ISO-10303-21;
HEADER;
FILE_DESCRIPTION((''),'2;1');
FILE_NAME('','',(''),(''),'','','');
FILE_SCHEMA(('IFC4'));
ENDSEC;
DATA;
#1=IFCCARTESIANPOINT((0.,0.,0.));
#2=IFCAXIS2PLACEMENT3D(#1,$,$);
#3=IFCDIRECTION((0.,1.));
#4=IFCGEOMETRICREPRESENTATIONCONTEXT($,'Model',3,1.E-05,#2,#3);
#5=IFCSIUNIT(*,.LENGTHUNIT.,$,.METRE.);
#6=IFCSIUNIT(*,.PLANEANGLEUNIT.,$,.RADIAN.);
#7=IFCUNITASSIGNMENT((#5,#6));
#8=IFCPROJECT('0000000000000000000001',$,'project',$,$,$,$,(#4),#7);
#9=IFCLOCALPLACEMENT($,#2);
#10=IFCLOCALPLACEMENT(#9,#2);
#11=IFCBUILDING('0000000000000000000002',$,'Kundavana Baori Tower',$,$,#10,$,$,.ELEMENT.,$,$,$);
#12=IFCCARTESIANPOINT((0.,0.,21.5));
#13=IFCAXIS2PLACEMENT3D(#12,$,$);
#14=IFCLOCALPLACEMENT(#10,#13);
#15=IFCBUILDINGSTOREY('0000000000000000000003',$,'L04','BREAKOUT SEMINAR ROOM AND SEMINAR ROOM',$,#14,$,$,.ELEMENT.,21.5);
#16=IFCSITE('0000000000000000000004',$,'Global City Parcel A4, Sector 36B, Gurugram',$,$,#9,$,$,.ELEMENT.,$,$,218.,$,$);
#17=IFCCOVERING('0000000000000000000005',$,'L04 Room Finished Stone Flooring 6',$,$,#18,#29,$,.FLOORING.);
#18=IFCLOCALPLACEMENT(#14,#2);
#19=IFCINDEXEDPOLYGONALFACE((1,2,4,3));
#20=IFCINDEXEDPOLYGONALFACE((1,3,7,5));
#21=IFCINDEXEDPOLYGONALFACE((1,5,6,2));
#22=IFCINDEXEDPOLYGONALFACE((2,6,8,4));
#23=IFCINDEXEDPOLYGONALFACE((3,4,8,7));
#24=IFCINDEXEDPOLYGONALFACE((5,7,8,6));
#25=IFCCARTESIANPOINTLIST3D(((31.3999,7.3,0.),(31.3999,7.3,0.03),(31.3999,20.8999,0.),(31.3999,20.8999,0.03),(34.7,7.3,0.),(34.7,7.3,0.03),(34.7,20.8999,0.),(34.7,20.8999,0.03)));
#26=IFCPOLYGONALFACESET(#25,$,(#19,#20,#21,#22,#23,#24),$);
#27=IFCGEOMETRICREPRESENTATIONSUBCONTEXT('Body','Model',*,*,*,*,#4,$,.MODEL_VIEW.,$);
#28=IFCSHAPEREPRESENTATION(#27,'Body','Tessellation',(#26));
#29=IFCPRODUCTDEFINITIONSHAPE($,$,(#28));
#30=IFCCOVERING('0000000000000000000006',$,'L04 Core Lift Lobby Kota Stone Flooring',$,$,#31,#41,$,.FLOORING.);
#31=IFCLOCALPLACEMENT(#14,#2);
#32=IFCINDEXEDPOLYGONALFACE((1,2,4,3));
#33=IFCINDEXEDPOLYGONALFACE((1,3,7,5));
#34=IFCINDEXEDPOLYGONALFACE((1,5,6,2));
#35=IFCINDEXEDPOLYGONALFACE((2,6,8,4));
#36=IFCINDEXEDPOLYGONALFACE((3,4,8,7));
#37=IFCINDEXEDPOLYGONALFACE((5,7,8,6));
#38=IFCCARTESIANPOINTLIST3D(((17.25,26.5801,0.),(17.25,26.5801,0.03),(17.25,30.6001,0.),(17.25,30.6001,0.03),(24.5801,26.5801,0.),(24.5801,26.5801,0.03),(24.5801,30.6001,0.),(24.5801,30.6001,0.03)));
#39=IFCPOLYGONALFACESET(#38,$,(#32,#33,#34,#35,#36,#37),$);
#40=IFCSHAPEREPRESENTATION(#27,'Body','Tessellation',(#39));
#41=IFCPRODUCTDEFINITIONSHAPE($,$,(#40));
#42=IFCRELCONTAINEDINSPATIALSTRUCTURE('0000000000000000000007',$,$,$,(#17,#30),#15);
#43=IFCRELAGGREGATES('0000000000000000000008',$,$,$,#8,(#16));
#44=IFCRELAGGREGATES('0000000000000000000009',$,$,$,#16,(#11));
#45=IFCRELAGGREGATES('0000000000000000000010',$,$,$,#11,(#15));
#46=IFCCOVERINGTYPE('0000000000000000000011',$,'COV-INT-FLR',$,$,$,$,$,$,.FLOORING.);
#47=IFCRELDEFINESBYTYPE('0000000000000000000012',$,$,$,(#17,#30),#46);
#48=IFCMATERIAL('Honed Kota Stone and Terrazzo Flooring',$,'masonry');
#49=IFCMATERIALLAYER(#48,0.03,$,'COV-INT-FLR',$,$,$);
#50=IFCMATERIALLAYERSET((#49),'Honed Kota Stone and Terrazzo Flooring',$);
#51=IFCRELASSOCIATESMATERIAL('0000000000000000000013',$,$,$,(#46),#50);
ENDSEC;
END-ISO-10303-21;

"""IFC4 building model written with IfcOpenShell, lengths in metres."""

from ifc_helpers import new_model, si_unit, direction, frame, origin, place, context, subcontext, project, spatial, polyline, outline, extrude, material, layer, layer_set, type_object, element, save


model = new_model("IFC4")

# Units and contexts
model_context = context("Model", 3, precision=1e-05, world=origin(), true_north=direction((0.0, 1.0)))
body_context = subcontext(model_context, "Body", "Model", "MODEL_VIEW")
ifc_project = project(units=[si_unit("LENGTHUNIT", "METRE"), si_unit("PLANEANGLEUNIT", "RADIAN")], contexts=[model_context])

# Site, building, storey
site_placement = place(None, origin())
site = spatial("IfcSite", under=ifc_project, at=site_placement, Name="Global City Parcel A4, Sector 36B, Gurugram", CompositionType="ELEMENT", RefElevation=218.0)
building_placement = place(site_placement, origin())
building = spatial("IfcBuilding", under=site, at=building_placement, Name="Kundavana Baori Tower", CompositionType="ELEMENT")
storey_placement = place(building_placement, frame((0.0, 0.0, 21.5)))
storey = spatial("IfcBuildingStorey", under=building, at=storey_placement, Name="L04", Description="BREAKOUT SEMINAR ROOM AND SEMINAR ROOM", CompositionType="ELEMENT", Elevation=21.5)

# Coverings
ifc_material_1 = material(Name="Honed Kota Stone and Terrazzo Flooring", Category="masonry")
ifc_layer_1 = layer(ifc_material_1, 0.03, Name="COV-INT-FLR")
ifc_layer_set_1 = layer_set([ifc_layer_1], Name="Honed Kota Stone and Terrazzo Flooring")
covering_type = type_object("IfcCoveringType", Name="COV-INT-FLR", PredefinedType="FLOORING", material=ifc_layer_set_1)
covering_1_placement = place(storey_placement, origin())
element("IfcCovering", 1, at=covering_1_placement, inside=storey, type_object=covering_type, Name="L04 Room Finished Stone Flooring 6", PredefinedType="FLOORING", context=body_context, shape_type="SweptSolid", body=[
    extrude(outline(polyline([(31.3999, 7.3), (34.7, 7.3), (34.7, 20.8999), (31.3999, 20.8999), (31.3999, 7.3)])), origin(), (0.0, 0.0, 1.0), 0.03),
])
covering_2_placement = place(storey_placement, origin())
element("IfcCovering", 2, at=covering_2_placement, inside=storey, type_object=covering_type, Name="L04 Core Lift Lobby Kota Stone Flooring", PredefinedType="FLOORING", context=body_context, shape_type="SweptSolid", body=[
    extrude(outline(polyline([(17.25, 26.5801), (24.5801, 26.5801), (24.5801, 30.6001), (17.25, 30.6001), (17.25, 26.5801)])), origin(), (0.0, 0.0, 1.0), 0.03),
])

save(model, "model.ifc")
